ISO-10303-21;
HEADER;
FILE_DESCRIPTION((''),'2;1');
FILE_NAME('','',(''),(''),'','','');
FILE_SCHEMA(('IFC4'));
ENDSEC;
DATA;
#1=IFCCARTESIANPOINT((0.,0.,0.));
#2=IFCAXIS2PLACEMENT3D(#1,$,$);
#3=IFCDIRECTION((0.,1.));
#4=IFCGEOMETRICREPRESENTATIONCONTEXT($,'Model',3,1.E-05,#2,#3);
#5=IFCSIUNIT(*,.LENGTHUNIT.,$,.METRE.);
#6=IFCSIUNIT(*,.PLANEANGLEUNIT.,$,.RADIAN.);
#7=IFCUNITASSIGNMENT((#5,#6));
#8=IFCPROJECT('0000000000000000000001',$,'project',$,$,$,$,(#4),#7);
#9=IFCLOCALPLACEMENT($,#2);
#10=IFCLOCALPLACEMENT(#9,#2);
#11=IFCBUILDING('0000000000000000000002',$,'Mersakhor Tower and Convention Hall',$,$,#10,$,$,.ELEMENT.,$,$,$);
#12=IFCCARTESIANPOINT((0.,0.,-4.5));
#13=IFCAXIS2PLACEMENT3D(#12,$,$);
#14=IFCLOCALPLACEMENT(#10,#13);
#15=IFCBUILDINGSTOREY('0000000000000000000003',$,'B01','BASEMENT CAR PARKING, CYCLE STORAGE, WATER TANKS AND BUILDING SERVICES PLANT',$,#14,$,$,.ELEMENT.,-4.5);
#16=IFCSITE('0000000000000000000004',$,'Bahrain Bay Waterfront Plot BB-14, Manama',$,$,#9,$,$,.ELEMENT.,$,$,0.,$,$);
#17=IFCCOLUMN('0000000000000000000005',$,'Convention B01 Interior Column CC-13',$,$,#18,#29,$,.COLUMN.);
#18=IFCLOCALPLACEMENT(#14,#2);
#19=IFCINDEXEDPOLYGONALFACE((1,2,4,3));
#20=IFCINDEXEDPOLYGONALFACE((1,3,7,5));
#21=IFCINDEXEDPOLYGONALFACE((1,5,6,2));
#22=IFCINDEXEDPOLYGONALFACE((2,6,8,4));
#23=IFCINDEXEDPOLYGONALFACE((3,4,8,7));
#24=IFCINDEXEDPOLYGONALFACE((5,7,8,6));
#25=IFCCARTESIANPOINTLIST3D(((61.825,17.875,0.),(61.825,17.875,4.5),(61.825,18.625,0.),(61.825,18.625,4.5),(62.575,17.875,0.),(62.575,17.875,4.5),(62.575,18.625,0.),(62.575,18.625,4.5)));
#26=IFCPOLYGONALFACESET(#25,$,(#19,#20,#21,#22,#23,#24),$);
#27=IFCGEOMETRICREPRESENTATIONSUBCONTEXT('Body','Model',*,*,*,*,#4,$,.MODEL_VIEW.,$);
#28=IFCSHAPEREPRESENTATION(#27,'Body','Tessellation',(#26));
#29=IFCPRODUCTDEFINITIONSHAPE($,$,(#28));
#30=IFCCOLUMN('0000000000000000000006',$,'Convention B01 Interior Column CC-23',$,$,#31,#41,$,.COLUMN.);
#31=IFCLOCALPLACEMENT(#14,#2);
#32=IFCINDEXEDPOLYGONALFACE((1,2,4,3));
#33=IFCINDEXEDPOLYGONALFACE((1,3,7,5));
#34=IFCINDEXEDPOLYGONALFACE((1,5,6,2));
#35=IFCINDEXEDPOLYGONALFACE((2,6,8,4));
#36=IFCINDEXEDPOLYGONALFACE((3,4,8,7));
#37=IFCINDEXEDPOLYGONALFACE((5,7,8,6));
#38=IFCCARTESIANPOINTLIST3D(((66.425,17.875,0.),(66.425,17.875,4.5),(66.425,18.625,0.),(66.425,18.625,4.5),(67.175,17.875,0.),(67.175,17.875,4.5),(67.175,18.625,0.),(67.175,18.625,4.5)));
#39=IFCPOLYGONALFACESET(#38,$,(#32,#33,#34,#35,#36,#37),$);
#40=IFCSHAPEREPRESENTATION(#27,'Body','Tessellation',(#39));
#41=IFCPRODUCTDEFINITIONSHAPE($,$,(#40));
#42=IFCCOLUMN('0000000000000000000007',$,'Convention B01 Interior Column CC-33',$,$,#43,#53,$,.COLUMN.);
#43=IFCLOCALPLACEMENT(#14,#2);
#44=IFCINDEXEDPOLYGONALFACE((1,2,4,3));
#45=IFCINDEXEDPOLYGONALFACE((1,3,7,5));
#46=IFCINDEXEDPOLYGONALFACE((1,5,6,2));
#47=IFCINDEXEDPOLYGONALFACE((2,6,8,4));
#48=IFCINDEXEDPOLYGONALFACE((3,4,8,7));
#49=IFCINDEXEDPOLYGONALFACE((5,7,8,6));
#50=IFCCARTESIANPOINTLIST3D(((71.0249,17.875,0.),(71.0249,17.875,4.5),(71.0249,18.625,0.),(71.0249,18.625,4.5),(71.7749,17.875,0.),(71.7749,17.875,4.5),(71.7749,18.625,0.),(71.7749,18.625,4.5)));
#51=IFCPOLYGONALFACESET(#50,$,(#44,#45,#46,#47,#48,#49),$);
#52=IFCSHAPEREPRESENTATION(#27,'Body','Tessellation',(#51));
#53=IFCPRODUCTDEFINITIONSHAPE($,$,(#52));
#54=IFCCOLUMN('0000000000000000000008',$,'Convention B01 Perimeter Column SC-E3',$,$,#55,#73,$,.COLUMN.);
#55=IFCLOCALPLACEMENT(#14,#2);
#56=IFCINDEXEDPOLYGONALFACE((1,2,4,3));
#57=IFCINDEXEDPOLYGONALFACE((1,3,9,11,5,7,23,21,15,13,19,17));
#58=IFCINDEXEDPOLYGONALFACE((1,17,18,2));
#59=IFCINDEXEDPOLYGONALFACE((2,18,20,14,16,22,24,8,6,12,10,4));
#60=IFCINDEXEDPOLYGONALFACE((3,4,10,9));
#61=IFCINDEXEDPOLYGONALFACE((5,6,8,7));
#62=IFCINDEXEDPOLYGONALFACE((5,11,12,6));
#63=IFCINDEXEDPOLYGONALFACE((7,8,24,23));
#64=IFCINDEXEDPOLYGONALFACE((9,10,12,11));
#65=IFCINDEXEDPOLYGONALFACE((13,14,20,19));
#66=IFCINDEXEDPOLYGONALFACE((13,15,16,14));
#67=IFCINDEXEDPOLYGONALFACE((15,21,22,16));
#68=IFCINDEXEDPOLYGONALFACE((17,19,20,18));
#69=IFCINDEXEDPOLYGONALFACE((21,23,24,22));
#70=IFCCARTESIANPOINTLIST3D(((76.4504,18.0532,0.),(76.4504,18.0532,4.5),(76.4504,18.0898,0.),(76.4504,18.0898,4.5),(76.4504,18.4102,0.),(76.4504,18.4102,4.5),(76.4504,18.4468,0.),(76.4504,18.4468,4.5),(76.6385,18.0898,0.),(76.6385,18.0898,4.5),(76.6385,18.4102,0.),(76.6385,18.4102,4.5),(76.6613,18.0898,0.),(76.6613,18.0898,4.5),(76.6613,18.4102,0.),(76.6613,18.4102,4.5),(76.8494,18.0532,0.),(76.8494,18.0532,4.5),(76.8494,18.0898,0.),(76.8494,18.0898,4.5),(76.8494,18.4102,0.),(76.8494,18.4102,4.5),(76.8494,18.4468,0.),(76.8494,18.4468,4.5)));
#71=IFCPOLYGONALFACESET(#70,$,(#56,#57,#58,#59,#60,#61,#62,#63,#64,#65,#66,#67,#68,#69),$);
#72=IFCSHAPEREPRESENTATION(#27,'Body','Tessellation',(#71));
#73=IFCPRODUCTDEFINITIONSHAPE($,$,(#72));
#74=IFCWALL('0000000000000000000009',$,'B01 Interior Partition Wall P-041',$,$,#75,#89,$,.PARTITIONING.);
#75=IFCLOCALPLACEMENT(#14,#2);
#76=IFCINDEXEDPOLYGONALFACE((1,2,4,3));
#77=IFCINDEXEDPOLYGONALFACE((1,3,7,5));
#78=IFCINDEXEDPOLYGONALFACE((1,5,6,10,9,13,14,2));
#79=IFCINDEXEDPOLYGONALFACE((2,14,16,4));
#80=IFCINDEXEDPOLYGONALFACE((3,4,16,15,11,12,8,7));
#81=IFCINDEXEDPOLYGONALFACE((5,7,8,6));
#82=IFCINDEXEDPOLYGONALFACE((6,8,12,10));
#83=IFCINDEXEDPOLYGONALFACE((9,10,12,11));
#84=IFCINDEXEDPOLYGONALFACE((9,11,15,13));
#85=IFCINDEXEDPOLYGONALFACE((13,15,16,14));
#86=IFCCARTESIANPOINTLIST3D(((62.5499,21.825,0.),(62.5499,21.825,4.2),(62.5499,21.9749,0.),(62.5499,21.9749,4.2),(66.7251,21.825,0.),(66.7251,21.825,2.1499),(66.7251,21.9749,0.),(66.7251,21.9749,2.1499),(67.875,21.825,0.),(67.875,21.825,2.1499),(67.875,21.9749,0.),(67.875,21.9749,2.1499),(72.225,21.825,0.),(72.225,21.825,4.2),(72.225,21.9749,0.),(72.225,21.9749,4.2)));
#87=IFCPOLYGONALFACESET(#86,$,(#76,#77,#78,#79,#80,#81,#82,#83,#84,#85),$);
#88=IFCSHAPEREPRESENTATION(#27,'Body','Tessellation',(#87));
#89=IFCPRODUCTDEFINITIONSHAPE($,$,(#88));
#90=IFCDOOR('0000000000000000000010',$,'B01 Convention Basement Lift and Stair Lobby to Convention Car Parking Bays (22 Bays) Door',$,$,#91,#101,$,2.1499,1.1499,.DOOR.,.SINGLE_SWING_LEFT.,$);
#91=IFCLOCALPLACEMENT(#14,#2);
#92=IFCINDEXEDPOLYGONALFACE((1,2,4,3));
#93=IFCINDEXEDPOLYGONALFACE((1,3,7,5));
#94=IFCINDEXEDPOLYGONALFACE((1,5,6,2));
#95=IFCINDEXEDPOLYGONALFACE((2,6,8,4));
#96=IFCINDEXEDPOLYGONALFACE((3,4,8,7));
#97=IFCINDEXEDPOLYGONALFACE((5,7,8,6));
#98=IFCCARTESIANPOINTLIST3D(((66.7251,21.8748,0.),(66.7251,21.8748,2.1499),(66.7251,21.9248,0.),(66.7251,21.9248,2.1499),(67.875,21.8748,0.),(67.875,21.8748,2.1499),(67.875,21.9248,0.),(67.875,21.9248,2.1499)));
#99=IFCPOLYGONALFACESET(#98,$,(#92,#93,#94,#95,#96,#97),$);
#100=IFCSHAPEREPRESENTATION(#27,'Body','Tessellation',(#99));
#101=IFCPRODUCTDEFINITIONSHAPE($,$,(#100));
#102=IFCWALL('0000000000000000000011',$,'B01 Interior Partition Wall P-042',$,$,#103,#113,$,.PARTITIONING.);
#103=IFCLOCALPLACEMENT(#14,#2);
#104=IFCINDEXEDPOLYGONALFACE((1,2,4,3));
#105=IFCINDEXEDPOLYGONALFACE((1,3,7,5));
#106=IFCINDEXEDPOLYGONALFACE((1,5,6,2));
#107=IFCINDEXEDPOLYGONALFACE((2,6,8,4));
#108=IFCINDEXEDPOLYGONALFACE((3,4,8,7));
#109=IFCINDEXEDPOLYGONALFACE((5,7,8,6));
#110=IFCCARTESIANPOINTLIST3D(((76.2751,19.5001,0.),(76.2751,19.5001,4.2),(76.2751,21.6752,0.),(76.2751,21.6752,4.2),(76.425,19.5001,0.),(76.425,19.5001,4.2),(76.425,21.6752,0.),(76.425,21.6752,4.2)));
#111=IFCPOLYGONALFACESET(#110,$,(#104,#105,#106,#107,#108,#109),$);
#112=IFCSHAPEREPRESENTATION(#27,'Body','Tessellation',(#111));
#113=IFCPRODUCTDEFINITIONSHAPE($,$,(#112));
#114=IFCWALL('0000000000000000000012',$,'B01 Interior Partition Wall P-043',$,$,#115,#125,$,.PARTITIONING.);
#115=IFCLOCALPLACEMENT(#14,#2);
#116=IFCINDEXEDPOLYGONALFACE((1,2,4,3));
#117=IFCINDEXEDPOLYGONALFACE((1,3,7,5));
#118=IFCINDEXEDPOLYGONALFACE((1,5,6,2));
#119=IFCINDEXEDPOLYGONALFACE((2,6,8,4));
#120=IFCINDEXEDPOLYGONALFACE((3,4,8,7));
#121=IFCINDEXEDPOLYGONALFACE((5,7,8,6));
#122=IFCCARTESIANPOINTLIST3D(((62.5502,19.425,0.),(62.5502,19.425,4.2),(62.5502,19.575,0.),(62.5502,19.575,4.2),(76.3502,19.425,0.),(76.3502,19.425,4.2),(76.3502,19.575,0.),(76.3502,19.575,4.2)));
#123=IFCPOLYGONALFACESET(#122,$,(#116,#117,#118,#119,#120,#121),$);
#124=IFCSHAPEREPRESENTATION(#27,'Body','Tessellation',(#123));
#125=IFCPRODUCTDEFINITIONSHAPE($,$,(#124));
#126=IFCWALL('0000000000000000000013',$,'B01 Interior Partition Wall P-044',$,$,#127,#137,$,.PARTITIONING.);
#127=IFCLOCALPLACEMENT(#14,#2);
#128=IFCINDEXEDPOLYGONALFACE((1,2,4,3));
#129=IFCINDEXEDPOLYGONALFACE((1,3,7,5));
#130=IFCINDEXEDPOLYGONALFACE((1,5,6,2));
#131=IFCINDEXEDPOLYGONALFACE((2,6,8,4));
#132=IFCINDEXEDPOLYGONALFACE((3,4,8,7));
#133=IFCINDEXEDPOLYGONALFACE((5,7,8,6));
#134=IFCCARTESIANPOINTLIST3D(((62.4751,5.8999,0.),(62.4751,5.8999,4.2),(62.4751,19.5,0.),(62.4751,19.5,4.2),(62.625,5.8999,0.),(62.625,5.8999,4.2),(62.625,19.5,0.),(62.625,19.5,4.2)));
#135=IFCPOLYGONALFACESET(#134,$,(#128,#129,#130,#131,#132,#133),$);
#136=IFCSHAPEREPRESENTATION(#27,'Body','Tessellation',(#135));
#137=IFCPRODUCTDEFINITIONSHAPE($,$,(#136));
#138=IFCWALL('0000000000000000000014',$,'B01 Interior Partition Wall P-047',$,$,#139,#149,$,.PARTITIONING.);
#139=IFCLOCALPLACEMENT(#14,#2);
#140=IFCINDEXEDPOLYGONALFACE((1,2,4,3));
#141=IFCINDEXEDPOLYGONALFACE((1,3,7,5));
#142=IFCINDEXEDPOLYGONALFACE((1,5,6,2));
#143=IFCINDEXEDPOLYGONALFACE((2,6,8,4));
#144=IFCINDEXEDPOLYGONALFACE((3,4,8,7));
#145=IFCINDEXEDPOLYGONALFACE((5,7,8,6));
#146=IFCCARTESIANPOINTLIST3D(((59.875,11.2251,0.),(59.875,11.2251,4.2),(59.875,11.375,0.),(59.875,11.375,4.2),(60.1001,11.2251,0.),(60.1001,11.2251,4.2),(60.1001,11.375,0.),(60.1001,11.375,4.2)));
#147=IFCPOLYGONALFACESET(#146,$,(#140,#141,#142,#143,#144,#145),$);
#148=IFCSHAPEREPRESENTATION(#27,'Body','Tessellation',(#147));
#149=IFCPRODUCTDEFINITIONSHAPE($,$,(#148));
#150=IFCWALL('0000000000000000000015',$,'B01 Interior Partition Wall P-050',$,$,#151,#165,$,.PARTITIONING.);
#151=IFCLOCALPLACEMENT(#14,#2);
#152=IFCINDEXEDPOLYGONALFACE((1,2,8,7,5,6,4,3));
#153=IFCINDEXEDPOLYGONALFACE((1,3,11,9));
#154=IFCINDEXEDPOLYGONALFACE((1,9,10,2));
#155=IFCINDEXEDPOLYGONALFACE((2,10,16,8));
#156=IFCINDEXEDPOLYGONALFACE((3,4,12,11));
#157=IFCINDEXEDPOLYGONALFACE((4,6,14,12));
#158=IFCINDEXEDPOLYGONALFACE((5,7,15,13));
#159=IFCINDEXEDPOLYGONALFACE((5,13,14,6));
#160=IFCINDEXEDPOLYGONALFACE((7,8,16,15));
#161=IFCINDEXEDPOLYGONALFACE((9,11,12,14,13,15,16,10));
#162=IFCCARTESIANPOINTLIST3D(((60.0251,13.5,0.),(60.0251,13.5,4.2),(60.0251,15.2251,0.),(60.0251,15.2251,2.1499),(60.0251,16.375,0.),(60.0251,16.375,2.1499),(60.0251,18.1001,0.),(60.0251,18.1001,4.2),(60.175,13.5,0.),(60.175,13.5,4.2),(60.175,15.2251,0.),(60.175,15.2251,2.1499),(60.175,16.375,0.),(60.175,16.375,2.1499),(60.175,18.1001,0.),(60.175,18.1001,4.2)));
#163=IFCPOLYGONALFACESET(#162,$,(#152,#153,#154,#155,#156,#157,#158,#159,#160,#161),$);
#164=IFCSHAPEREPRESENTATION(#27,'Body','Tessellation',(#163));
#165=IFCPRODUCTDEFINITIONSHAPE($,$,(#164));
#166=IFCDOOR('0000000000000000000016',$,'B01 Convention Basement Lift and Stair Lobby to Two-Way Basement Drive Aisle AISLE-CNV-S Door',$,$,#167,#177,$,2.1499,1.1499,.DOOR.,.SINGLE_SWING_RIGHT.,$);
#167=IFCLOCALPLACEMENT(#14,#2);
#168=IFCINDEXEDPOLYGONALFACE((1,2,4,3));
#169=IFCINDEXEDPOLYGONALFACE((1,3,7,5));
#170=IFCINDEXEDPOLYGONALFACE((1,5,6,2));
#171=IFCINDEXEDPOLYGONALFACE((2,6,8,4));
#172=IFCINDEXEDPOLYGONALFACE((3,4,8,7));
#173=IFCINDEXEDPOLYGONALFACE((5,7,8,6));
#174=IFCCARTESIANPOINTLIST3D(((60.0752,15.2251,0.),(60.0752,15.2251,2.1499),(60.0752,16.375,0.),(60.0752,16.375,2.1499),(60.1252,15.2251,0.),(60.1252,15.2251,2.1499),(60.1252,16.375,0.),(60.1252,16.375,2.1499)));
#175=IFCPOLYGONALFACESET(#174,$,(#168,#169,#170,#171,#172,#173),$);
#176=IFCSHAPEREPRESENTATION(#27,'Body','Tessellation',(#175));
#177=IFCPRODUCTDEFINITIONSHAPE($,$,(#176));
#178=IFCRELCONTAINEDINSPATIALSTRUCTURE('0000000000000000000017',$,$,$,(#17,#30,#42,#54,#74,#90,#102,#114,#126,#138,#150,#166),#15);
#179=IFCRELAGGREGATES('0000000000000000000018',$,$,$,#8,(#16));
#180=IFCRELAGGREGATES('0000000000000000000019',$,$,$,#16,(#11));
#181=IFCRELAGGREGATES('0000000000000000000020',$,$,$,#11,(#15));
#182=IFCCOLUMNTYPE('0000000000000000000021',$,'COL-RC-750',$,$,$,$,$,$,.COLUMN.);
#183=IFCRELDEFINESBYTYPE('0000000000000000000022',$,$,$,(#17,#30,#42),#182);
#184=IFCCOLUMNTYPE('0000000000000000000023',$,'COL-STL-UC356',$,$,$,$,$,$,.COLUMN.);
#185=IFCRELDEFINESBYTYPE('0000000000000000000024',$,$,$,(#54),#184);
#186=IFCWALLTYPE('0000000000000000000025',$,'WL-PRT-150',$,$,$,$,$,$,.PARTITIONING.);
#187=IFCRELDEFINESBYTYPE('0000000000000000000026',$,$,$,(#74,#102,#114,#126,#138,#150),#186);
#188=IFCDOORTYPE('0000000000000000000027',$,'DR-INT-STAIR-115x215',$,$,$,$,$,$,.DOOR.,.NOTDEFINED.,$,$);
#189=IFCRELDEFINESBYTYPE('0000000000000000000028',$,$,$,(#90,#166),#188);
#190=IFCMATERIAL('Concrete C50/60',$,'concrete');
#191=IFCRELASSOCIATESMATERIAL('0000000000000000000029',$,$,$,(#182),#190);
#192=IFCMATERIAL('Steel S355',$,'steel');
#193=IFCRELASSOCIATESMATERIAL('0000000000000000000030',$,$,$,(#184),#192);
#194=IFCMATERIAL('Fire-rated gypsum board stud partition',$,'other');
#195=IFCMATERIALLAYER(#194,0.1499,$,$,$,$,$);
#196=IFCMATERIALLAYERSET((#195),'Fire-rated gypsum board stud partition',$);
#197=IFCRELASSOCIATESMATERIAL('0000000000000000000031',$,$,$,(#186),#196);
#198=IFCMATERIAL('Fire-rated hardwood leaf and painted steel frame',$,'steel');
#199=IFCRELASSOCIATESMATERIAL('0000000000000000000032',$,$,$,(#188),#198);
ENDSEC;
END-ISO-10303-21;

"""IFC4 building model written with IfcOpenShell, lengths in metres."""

from ifc_helpers import new_model, si_unit, direction, frame, frame_2d, origin, origin_2d, place, context, subcontext, project, spatial, rectangle, i_section, extrude, material, layer, layer_set, material_profile, profile_set, type_object, element, fill, save


model = new_model("IFC4")

# Units and contexts
model_context = context("Model", 3, precision=1e-05, world=origin(), true_north=direction((0.0, 1.0)))
body_context = subcontext(model_context, "Body", "Model", "MODEL_VIEW")
ifc_project = project(units=[si_unit("LENGTHUNIT", "METRE"), si_unit("PLANEANGLEUNIT", "RADIAN")], contexts=[model_context])

# Site, building, storey
site_placement = place(None, origin())
site = spatial("IfcSite", under=ifc_project, at=site_placement, Name="Bahrain Bay Waterfront Plot BB-14, Manama", CompositionType="ELEMENT", RefElevation=0.0)
building_placement = place(site_placement, origin())
building = spatial("IfcBuilding", under=site, at=building_placement, Name="Mersakhor Tower and Convention Hall", CompositionType="ELEMENT")
storey_placement = place(building_placement, frame((0.0, 0.0, -4.5)))
storey = spatial("IfcBuildingStorey", under=building, at=storey_placement, Name="B01", Description="BASEMENT CAR PARKING, CYCLE STORAGE, WATER TANKS AND BUILDING SERVICES PLANT", CompositionType="ELEMENT", Elevation=-4.5)

# Columns
ifc_material_1 = material(Name="Concrete C50/60", Category="concrete")
ifc_material_profile_1 = material_profile(ifc_material_1, rectangle(XDim=0.75, YDim=0.75, at=origin_2d()), Name="RC 750x750")
ifc_profile_set_1 = profile_set([ifc_material_profile_1], Name="Concrete C50/60")
column_type_1 = type_object("IfcColumnType", Name="COL-RC-750", PredefinedType="COLUMN", material=ifc_profile_set_1)
for number, where, z_axis, x_axis, name in (
    (1, (62.2, 18.25, 0.0), (0.0, 0.0, 1.0), (1.0, 0.0, 0.0), "Convention B01 Interior Column CC-13"),
    (2, (66.8, 18.25, 0.0), (0.0, 0.0, 1.0), (1.0, 0.0, 0.0), "Convention B01 Interior Column CC-23"),
    (3, (71.3999, 18.25, 0.0), (0.0, 0.0, 1.0), (1.0, 0.0, 0.0), "Convention B01 Interior Column CC-33"),
):
    element("IfcColumn", number, at=place(storey_placement, frame(where, z_axis=z_axis, x_axis=x_axis)), inside=storey, type_object=column_type_1, Name=name, PredefinedType="COLUMN", context=body_context, shape_type="SweptSolid", body=[
        extrude(rectangle(XDim=0.75, YDim=0.75, at=origin_2d()), origin(), (0.0, 0.0, 1.0), 4.5),
    ])
ifc_material_2 = material(Name="Steel S355", Category="steel")
ifc_material_profile_2 = material_profile(ifc_material_2, i_section(OverallWidth=0.3989, OverallDepth=0.3936, WebThickness=0.0227, FlangeThickness=0.0366, at=origin_2d()), Name="UC 356x406x287")
ifc_profile_set_2 = profile_set([ifc_material_profile_2], Name="Steel S355")
column_type_2 = type_object("IfcColumnType", Name="COL-STL-UC356", PredefinedType="COLUMN", material=ifc_profile_set_2)
column_placement = place(storey_placement, frame((76.6499, 18.25, 0.0), z_axis=(0.0, 0.0, 1.0), x_axis=(1.0, 0.0, 0.0)))
element("IfcColumn", 4, at=column_placement, inside=storey, type_object=column_type_2, Name="Convention B01 Perimeter Column SC-E3", PredefinedType="COLUMN", context=body_context, shape_type="SweptSolid", body=[
    extrude(i_section(OverallWidth=0.3989, OverallDepth=0.3936, WebThickness=0.0227, FlangeThickness=0.0366, at=origin_2d()), origin(), (0.0, 0.0, 1.0), 4.5),
])

# Wall, opening, door
ifc_material_3 = material(Name="Fire-rated gypsum board stud partition", Category="other")
ifc_layer_1 = layer(ifc_material_3, 0.1499)
ifc_layer_set_1 = layer_set([ifc_layer_1], Name="Fire-rated gypsum board stud partition")
wall_type_1 = type_object("IfcWallType", Name="WL-PRT-150", PredefinedType="PARTITIONING", material=ifc_layer_set_1)
wall_1_placement = place(storey_placement, frame((62.55, 21.8999, 0.0), z_axis=(0.0, 0.0, 1.0), x_axis=(1.0, 0.0, 0.0)))
wall_1 = element("IfcWall", 5, at=wall_1_placement, inside=storey, type_object=wall_type_1, Name="B01 Interior Partition Wall P-041", PredefinedType="PARTITIONING", context=body_context, shape_type="SweptSolid", body=[
    extrude(rectangle(XDim=9.675, YDim=0.1499, at=frame_2d((4.8374, 0.0))), origin(), (0.0, 0.0, 1.0), 4.2),
])
opening_1_placement = place(wall_1_placement, frame((4.175, 0.0, 0.0)))
opening_1 = element("IfcOpeningElement", 6, at=opening_1_placement, cuts=wall_1, PredefinedType="OPENING", context=body_context, shape_type="SweptSolid", body=[
    extrude(rectangle(XDim=1.1499, YDim=2.1499, at=frame_2d((0.575, 1.075))), frame((0.0, 0.085, 0.0), z_axis=(0.0, -1.0, 0.0), x_axis=(1.0, 0.0, 0.0)), (0.0, 0.0, 1.0), 0.1699),
])
ifc_material_4 = material(Name="Fire-rated hardwood leaf and painted steel frame", Category="steel")
door_type = type_object("IfcDoorType", Name="DR-INT-STAIR-115x215", OperationType="NOTDEFINED", PredefinedType="DOOR", material=ifc_material_4)
door_1_placement = place(opening_1_placement, origin())
door_1 = element("IfcDoor", 7, at=door_1_placement, inside=storey, type_object=door_type, Name="B01 Convention Basement Lift and Stair Lobby to Convention Car Parking Bays (22 Bays) Door", OperationType="SINGLE_SWING_LEFT", OverallHeight=2.1499, OverallWidth=1.1499, PredefinedType="DOOR", context=body_context, shape_type="SweptSolid", body=[
    extrude(rectangle(XDim=1.1499, YDim=2.1499, at=frame_2d((0.575, 1.075))), frame((0.0, 0.0249, 0.0), z_axis=(0.0, -1.0, 0.0), x_axis=(1.0, 0.0, 0.0)), (0.0, 0.0, 1.0), 0.05),
])
fill(opening_1, door_1)

# Walls
wall_2_placement = place(storey_placement, frame((76.3501, 21.675, 0.0), z_axis=(0.0, 0.0, 1.0), x_axis=(0.0, -1.0, 0.0)))
element("IfcWall", 8, at=wall_2_placement, inside=storey, type_object=wall_type_1, Name="B01 Interior Partition Wall P-042", PredefinedType="PARTITIONING", context=body_context, shape_type="SweptSolid", body=[
    extrude(rectangle(XDim=2.175, YDim=0.1499, at=frame_2d((1.0874, 0.0))), origin(), (0.0, 0.0, 1.0), 4.2),
])
wall_3_placement = place(storey_placement, frame((76.3501, 19.5, 0.0), z_axis=(0.0, 0.0, 1.0), x_axis=(-1.0, 0.0, 0.0)))
element("IfcWall", 9, at=wall_3_placement, inside=storey, type_object=wall_type_1, Name="B01 Interior Partition Wall P-043", PredefinedType="PARTITIONING", context=body_context, shape_type="SweptSolid", body=[
    extrude(rectangle(XDim=13.8, YDim=0.1499, at=frame_2d((6.8999, 0.0))), origin(), (0.0, 0.0, 1.0), 4.2),
])
wall_4_placement = place(storey_placement, frame((62.55, 19.5, 0.0), z_axis=(0.0, 0.0, 1.0), x_axis=(0.0, -1.0, 0.0)))
element("IfcWall", 10, at=wall_4_placement, inside=storey, type_object=wall_type_1, Name="B01 Interior Partition Wall P-044", PredefinedType="PARTITIONING", context=body_context, shape_type="SweptSolid", body=[
    extrude(rectangle(XDim=13.6001, YDim=0.1499, at=frame_2d((6.8, 0.0))), origin(), (0.0, 0.0, 1.0), 4.2),
])
wall_5_placement = place(storey_placement, frame((60.1001, 11.3, 0.0), z_axis=(0.0, 0.0, 1.0), x_axis=(-1.0, 0.0, 0.0)))
element("IfcWall", 11, at=wall_5_placement, inside=storey, type_object=wall_type_1, Name="B01 Interior Partition Wall P-047", PredefinedType="PARTITIONING", context=body_context, shape_type="SweptSolid", body=[
    extrude(rectangle(XDim=0.2251, YDim=0.1499, at=frame_2d((0.1125, 0.0))), origin(), (0.0, 0.0, 1.0), 4.2),
])

# Wall, opening, door
wall_6_placement = place(storey_placement, frame((60.1001, 13.5, 0.0), z_axis=(0.0, 0.0, 1.0), x_axis=(0.0, 1.0, 0.0)))
wall_6 = element("IfcWall", 12, at=wall_6_placement, inside=storey, type_object=wall_type_1, Name="B01 Interior Partition Wall P-050", PredefinedType="PARTITIONING", context=body_context, shape_type="SweptSolid", body=[
    extrude(rectangle(XDim=4.6001, YDim=0.1499, at=frame_2d((2.3, 0.0))), origin(), (0.0, 0.0, 1.0), 4.2),
])
opening_2_placement = place(wall_6_placement, frame((1.7251, 0.0, 0.0)))
opening_2 = element("IfcOpeningElement", 13, at=opening_2_placement, cuts=wall_6, PredefinedType="OPENING", context=body_context, shape_type="SweptSolid", body=[
    extrude(rectangle(XDim=1.1499, YDim=2.1499, at=frame_2d((0.575, 1.075))), frame((0.0, 0.085, 0.0), z_axis=(0.0, -1.0, 0.0), x_axis=(1.0, 0.0, 0.0)), (0.0, 0.0, 1.0), 0.1699),
])
door_2_placement = place(opening_2_placement, origin())
door_2 = element("IfcDoor", 14, at=door_2_placement, inside=storey, type_object=door_type, Name="B01 Convention Basement Lift and Stair Lobby to Two-Way Basement Drive Aisle AISLE-CNV-S Door", OperationType="SINGLE_SWING_RIGHT", OverallHeight=2.1499, OverallWidth=1.1499, PredefinedType="DOOR", context=body_context, shape_type="SweptSolid", body=[
    extrude(rectangle(XDim=1.1499, YDim=2.1499, at=frame_2d((0.575, 1.075))), frame((0.0, 0.0249, 0.0), z_axis=(0.0, -1.0, 0.0), x_axis=(1.0, 0.0, 0.0)), (0.0, 0.0, 1.0), 0.05),
])
fill(opening_2, door_2)

save(model, "model.ifc")
